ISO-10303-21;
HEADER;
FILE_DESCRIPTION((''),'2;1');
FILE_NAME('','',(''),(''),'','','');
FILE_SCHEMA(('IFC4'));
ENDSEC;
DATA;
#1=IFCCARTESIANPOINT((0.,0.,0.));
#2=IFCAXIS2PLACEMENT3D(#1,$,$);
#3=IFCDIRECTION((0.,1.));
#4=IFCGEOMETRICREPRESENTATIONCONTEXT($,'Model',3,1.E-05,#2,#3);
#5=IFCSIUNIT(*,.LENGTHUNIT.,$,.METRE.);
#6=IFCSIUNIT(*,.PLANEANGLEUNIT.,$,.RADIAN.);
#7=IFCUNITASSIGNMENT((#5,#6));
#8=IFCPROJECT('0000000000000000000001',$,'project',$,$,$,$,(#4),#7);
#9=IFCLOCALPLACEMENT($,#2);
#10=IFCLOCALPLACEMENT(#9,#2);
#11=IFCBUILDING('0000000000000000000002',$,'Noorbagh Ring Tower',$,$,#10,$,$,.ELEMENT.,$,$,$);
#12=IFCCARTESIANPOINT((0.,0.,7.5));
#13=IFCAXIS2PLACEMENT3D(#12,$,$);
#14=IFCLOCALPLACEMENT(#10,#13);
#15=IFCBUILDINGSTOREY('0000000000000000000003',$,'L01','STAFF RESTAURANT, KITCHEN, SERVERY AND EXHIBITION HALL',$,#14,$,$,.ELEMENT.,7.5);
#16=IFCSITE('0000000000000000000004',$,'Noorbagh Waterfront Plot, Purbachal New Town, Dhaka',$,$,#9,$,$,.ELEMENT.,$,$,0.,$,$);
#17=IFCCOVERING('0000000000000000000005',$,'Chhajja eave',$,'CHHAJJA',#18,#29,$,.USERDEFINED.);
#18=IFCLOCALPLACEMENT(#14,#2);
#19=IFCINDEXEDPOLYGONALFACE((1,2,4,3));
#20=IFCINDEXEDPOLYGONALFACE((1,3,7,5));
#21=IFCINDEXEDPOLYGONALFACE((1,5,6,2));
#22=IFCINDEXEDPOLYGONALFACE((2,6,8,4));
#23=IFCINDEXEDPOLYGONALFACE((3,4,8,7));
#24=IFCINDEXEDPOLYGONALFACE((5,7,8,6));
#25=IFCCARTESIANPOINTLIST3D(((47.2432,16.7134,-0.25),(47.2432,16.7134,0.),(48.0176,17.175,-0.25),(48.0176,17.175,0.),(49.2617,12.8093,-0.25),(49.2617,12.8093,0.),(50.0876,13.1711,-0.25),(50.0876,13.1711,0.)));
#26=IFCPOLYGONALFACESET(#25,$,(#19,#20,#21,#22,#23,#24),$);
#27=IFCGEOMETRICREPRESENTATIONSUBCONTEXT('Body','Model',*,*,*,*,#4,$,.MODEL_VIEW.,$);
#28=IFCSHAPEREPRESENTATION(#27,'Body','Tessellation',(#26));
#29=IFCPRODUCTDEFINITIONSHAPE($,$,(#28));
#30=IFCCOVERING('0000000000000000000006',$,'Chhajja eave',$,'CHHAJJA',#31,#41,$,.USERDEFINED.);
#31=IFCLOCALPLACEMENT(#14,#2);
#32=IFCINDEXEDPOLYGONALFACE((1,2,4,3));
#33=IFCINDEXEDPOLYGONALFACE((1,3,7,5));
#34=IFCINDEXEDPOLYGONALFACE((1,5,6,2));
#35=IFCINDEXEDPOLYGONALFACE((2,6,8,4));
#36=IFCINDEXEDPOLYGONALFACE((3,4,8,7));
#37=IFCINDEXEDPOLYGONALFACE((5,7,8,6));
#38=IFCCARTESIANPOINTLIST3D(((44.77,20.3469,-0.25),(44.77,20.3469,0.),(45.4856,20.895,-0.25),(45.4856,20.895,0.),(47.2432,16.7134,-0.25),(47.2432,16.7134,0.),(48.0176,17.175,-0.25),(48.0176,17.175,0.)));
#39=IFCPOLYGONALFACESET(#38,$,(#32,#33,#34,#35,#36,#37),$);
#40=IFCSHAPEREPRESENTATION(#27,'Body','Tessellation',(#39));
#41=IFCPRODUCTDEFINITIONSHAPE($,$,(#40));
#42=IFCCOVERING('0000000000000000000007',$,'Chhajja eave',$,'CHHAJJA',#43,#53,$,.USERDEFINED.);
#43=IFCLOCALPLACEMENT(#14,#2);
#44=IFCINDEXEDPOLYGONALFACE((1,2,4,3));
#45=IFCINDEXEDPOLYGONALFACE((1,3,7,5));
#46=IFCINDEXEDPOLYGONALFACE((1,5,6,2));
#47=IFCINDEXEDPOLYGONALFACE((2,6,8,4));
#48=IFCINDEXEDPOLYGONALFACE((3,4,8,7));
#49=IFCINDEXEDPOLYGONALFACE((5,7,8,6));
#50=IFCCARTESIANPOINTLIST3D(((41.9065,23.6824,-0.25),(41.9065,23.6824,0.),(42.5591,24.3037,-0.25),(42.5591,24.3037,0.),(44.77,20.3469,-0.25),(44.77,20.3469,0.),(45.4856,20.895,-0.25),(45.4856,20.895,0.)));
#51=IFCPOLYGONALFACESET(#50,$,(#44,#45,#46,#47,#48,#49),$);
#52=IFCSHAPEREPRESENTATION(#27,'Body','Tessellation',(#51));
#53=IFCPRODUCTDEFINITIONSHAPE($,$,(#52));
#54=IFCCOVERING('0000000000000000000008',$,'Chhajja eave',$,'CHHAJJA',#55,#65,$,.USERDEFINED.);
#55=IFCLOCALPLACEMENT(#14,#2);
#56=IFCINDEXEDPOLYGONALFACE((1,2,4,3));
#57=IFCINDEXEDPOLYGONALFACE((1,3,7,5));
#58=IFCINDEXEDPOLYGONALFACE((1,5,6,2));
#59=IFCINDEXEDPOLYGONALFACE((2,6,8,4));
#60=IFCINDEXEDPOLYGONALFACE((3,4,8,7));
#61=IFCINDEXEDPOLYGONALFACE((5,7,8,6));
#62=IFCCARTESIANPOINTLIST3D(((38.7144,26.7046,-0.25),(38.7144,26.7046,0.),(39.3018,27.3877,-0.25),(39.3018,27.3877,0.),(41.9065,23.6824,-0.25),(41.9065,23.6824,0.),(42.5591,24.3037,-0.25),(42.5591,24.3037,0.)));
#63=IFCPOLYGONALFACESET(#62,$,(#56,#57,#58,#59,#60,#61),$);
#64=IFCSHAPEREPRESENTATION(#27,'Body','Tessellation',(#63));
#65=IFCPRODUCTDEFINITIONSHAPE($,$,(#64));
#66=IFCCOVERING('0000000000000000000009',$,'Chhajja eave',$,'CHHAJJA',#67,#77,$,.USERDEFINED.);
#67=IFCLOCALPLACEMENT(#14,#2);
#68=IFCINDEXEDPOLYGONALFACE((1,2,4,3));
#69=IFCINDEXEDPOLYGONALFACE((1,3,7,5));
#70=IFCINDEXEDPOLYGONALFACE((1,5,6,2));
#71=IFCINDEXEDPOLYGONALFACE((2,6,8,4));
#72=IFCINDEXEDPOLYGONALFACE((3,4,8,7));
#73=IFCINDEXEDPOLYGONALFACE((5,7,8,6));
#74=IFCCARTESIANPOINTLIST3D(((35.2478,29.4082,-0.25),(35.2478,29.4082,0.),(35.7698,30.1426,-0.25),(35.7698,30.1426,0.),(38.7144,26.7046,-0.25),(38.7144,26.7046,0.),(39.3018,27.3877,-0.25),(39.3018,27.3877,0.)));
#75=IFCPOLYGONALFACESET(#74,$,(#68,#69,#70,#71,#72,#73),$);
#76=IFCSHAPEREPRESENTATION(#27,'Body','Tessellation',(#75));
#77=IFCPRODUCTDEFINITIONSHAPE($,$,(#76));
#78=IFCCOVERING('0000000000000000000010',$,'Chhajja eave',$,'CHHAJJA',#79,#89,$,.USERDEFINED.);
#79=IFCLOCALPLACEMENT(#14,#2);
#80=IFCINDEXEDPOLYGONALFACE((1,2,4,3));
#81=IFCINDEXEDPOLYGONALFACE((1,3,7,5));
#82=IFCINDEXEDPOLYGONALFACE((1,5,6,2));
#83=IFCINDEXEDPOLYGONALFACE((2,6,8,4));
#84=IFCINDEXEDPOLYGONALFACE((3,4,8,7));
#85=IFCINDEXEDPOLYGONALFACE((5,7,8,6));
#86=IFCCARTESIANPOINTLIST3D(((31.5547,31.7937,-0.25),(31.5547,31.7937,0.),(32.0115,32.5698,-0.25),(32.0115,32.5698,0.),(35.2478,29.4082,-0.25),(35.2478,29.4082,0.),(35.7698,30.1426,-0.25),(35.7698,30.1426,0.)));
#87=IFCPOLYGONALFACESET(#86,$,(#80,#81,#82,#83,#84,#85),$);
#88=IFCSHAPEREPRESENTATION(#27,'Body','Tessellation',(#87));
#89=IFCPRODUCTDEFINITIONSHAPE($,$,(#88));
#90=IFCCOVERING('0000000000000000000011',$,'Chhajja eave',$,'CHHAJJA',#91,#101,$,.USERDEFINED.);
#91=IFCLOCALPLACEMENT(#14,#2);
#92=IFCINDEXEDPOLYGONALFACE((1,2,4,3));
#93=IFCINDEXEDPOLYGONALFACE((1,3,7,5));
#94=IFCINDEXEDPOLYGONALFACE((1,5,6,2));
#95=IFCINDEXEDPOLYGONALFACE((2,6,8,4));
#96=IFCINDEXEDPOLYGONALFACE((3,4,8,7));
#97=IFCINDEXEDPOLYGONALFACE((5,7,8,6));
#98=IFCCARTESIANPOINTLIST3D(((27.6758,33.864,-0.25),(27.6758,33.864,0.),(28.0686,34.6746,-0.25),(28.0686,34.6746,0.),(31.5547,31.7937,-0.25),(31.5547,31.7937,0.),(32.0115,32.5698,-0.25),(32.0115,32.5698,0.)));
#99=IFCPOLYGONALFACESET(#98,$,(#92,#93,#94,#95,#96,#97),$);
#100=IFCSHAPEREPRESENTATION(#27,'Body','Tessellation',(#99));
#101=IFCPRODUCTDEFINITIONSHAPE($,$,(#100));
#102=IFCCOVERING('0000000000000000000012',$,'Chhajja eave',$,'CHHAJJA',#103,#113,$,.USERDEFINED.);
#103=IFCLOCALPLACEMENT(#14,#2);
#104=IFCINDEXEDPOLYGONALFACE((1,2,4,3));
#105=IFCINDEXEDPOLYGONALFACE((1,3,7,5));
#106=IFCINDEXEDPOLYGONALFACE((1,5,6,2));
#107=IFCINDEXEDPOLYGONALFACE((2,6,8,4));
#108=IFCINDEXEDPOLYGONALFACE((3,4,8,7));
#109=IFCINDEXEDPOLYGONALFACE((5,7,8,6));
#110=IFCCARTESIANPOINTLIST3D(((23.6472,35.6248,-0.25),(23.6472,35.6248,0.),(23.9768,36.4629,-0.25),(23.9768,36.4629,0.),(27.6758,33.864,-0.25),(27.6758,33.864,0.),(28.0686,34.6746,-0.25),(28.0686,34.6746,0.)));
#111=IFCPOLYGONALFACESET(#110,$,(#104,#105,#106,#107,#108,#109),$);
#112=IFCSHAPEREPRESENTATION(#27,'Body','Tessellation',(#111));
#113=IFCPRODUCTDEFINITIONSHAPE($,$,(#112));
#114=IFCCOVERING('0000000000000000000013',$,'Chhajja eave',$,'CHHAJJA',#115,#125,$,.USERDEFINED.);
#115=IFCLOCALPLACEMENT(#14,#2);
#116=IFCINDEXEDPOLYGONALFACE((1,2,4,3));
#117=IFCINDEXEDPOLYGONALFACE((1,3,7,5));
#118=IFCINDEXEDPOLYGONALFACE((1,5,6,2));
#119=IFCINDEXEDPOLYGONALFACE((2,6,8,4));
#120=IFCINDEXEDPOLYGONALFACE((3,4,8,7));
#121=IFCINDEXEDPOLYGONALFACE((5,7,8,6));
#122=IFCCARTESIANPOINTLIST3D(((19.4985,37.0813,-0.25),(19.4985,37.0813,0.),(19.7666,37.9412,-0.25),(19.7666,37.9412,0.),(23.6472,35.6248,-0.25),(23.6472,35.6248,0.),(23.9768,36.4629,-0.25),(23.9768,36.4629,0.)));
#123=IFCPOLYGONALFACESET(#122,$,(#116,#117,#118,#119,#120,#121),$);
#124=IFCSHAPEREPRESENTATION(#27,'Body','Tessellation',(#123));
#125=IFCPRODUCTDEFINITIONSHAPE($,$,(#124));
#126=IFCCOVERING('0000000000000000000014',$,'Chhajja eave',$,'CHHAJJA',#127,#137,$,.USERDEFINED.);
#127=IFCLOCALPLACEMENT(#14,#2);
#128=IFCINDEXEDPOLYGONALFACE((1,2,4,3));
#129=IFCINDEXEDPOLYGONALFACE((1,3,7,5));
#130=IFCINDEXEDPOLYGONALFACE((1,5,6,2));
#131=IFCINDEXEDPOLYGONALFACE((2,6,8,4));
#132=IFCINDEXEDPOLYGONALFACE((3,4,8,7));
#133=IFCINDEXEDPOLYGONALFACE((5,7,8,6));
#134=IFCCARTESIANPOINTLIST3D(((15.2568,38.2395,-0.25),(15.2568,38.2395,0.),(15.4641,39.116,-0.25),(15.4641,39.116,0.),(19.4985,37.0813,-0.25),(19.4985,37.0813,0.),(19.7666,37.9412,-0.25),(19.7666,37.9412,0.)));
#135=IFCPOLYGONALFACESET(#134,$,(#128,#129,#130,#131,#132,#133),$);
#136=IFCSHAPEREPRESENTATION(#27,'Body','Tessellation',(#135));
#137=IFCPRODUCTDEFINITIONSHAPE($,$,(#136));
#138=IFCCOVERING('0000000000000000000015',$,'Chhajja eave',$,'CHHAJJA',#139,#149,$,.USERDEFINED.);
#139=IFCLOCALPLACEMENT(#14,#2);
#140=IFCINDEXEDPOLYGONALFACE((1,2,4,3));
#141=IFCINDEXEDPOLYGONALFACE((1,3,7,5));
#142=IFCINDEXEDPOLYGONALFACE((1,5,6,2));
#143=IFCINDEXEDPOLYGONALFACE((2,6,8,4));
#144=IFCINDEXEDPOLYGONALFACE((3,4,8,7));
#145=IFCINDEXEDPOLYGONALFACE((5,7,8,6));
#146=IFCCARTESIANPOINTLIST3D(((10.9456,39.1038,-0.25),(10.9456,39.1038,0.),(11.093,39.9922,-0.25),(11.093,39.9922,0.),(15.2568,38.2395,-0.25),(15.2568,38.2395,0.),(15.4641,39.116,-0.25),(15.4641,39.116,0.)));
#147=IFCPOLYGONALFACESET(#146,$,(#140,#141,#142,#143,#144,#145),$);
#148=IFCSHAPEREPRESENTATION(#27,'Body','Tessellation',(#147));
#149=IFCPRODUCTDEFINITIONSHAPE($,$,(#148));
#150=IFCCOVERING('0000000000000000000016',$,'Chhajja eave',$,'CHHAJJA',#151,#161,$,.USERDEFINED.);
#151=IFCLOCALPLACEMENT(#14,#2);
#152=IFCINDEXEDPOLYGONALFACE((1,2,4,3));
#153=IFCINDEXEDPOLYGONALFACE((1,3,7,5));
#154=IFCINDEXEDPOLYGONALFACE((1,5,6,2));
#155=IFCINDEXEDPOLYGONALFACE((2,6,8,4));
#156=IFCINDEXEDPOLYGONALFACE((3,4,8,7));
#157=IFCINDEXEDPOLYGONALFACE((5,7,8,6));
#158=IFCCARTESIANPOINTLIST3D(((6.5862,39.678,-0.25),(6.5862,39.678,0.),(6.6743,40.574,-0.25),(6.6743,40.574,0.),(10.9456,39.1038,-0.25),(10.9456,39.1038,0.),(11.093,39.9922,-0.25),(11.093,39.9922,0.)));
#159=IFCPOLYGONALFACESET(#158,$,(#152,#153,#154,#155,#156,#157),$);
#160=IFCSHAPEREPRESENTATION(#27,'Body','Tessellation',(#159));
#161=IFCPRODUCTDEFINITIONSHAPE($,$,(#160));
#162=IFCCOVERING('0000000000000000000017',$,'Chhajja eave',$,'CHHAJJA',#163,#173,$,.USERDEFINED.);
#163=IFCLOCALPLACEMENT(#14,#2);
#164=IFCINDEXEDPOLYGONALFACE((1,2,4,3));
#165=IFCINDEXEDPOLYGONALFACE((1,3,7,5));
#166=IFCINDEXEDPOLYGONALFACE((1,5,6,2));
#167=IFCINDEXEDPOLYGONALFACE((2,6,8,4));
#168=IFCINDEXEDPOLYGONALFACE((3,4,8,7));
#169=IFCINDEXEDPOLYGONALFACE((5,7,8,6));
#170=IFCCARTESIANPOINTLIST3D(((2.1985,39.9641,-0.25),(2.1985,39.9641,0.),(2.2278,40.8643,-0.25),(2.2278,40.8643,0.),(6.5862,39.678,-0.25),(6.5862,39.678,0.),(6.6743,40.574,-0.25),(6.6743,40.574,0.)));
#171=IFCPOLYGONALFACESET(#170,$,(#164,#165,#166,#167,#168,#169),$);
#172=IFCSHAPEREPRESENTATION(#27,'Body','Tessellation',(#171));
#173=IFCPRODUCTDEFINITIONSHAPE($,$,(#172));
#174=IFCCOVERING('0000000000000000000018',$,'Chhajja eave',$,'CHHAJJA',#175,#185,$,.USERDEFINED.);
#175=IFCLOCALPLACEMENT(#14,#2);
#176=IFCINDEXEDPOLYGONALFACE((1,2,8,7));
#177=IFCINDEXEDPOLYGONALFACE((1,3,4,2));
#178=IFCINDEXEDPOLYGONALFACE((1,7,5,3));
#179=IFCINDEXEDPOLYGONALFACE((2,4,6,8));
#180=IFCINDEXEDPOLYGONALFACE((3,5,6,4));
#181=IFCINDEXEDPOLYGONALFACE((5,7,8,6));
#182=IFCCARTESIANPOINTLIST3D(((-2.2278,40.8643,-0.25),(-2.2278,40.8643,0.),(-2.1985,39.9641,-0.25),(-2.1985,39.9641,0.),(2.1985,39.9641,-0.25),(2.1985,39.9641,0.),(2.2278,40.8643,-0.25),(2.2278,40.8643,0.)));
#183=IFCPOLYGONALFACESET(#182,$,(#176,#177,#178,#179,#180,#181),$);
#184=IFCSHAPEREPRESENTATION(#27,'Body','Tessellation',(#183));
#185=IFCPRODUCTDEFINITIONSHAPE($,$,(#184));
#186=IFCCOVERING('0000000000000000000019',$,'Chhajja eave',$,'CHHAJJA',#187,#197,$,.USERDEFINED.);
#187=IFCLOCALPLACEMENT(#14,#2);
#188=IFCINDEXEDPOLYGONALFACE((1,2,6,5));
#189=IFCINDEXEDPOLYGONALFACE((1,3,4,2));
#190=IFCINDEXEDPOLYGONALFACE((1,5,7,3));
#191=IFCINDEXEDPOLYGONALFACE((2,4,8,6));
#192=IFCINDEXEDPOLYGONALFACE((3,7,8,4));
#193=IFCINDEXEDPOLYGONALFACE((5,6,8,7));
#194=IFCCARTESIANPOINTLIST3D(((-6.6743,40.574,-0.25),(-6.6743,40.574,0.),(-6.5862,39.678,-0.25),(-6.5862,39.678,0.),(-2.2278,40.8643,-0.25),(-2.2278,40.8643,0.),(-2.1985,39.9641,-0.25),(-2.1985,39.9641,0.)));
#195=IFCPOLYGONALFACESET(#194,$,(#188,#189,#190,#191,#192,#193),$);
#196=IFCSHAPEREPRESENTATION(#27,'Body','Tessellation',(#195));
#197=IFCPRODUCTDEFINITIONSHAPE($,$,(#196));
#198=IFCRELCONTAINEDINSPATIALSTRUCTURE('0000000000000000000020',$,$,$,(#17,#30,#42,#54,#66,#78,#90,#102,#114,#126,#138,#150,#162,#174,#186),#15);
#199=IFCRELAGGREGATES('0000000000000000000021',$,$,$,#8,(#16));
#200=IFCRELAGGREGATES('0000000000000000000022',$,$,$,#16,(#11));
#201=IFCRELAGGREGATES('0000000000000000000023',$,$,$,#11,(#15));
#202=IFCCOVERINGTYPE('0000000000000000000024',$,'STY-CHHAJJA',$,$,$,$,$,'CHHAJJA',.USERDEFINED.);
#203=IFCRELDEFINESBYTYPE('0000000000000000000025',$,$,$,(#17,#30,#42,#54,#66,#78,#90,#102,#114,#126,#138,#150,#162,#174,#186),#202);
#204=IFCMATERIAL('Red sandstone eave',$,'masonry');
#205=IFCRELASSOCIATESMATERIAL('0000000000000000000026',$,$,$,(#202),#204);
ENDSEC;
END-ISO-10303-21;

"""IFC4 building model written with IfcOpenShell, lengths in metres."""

from ifc_helpers import new_model, si_unit, direction, frame, origin, place, context, subcontext, project, spatial, polyline, outline, extrude, material, type_object, element, save


model = new_model("IFC4")

# Units and contexts
model_context = context("Model", 3, precision=1e-05, world=origin(), true_north=direction((0.0, 1.0)))
body_context = subcontext(model_context, "Body", "Model", "MODEL_VIEW")
ifc_project = project(units=[si_unit("LENGTHUNIT", "METRE"), si_unit("PLANEANGLEUNIT", "RADIAN")], contexts=[model_context])

# Site, building, storey
site_placement = place(None, origin())
site = spatial("IfcSite", under=ifc_project, at=site_placement, Name="Noorbagh Waterfront Plot, Purbachal New Town, Dhaka", CompositionType="ELEMENT", RefElevation=0.0)
building_placement = place(site_placement, origin())
building = spatial("IfcBuilding", under=site, at=building_placement, Name="Noorbagh Ring Tower", CompositionType="ELEMENT")
storey_placement = place(building_placement, frame((0.0, 0.0, 7.5)))
storey = spatial("IfcBuildingStorey", under=building, at=storey_placement, Name="L01", Description="STAFF RESTAURANT, KITCHEN, SERVERY AND EXHIBITION HALL", CompositionType="ELEMENT", Elevation=7.5)

# Coverings
ifc_material = material(Name="Red sandstone eave", Category="masonry")
covering_type = type_object("IfcCoveringType", Name="STY-CHHAJJA", ElementType="CHHAJJA", PredefinedType="USERDEFINED", material=ifc_material)
covering_1_placement = place(storey_placement, frame((0.0, 0.0, -0.25)))
element("IfcCovering", 1, at=covering_1_placement, inside=storey, type_object=covering_type, Name="Chhajja eave", ObjectType="CHHAJJA", PredefinedType="USERDEFINED", context=body_context, shape_type="SweptSolid", body=[
    extrude(outline(polyline([(49.2617, 12.8093), (47.2432, 16.7134), (48.0176, 17.175), (50.0876, 13.1711), (49.2617, 12.8093)])), origin(), (0.0, 0.0, 1.0), 0.25),
])
covering_2_placement = place(storey_placement, frame((0.0, 0.0, -0.25)))
element("IfcCovering", 2, at=covering_2_placement, inside=storey, type_object=covering_type, Name="Chhajja eave", ObjectType="CHHAJJA", PredefinedType="USERDEFINED", context=body_context, shape_type="SweptSolid", body=[
    extrude(outline(polyline([(47.2432, 16.7134), (44.77, 20.3469), (45.4856, 20.895), (48.0176, 17.175), (47.2432, 16.7134)])), origin(), (0.0, 0.0, 1.0), 0.25),
])
covering_3_placement = place(storey_placement, frame((0.0, 0.0, -0.25)))
element("IfcCovering", 3, at=covering_3_placement, inside=storey, type_object=covering_type, Name="Chhajja eave", ObjectType="CHHAJJA", PredefinedType="USERDEFINED", context=body_context, shape_type="SweptSolid", body=[
    extrude(outline(polyline([(44.77, 20.3469), (41.9065, 23.6824), (42.5591, 24.3037), (45.4856, 20.895), (44.77, 20.3469)])), origin(), (0.0, 0.0, 1.0), 0.25),
])
covering_4_placement = place(storey_placement, frame((0.0, 0.0, -0.25)))
element("IfcCovering", 4, at=covering_4_placement, inside=storey, type_object=covering_type, Name="Chhajja eave", ObjectType="CHHAJJA", PredefinedType="USERDEFINED", context=body_context, shape_type="SweptSolid", body=[
    extrude(outline(polyline([(41.9065, 23.6824), (38.7144, 26.7046), (39.3018, 27.3877), (42.5591, 24.3037), (41.9065, 23.6824)])), origin(), (0.0, 0.0, 1.0), 0.25),
])
covering_5_placement = place(storey_placement, frame((0.0, 0.0, -0.25)))
element("IfcCovering", 5, at=covering_5_placement, inside=storey, type_object=covering_type, Name="Chhajja eave", ObjectType="CHHAJJA", PredefinedType="USERDEFINED", context=body_context, shape_type="SweptSolid", body=[
    extrude(outline(polyline([(38.7144, 26.7046), (35.2478, 29.4082), (35.7698, 30.1426), (39.3018, 27.3877), (38.7144, 26.7046)])), origin(), (0.0, 0.0, 1.0), 0.25),
])
covering_6_placement = place(storey_placement, frame((0.0, 0.0, -0.25)))
element("IfcCovering", 6, at=covering_6_placement, inside=storey, type_object=covering_type, Name="Chhajja eave", ObjectType="CHHAJJA", PredefinedType="USERDEFINED", context=body_context, shape_type="SweptSolid", body=[
    extrude(outline(polyline([(35.2478, 29.4082), (31.5547, 31.7937), (32.0115, 32.5698), (35.7698, 30.1426), (35.2478, 29.4082)])), origin(), (0.0, 0.0, 1.0), 0.25),
])
covering_7_placement = place(storey_placement, frame((0.0, 0.0, -0.25)))
element("IfcCovering", 7, at=covering_7_placement, inside=storey, type_object=covering_type, Name="Chhajja eave", ObjectType="CHHAJJA", PredefinedType="USERDEFINED", context=body_context, shape_type="SweptSolid", body=[
    extrude(outline(polyline([(31.5547, 31.7937), (27.6758, 33.864), (28.0686, 34.6746), (32.0115, 32.5698), (31.5547, 31.7937)])), origin(), (0.0, 0.0, 1.0), 0.25),
])
covering_8_placement = place(storey_placement, frame((0.0, 0.0, -0.25)))
element("IfcCovering", 8, at=covering_8_placement, inside=storey, type_object=covering_type, Name="Chhajja eave", ObjectType="CHHAJJA", PredefinedType="USERDEFINED", context=body_context, shape_type="SweptSolid", body=[
    extrude(outline(polyline([(27.6758, 33.864), (23.6472, 35.6248), (23.9768, 36.4629), (28.0686, 34.6746), (27.6758, 33.864)])), origin(), (0.0, 0.0, 1.0), 0.25),
])
covering_9_placement = place(storey_placement, frame((0.0, 0.0, -0.25)))
element("IfcCovering", 9, at=covering_9_placement, inside=storey, type_object=covering_type, Name="Chhajja eave", ObjectType="CHHAJJA", PredefinedType="USERDEFINED", context=body_context, shape_type="SweptSolid", body=[
    extrude(outline(polyline([(23.6472, 35.6248), (19.4985, 37.0813), (19.7666, 37.9412), (23.9768, 36.4629), (23.6472, 35.6248)])), origin(), (0.0, 0.0, 1.0), 0.25),
])
covering_10_placement = place(storey_placement, frame((0.0, 0.0, -0.25)))
element("IfcCovering", 10, at=covering_10_placement, inside=storey, type_object=covering_type, Name="Chhajja eave", ObjectType="CHHAJJA", PredefinedType="USERDEFINED", context=body_context, shape_type="SweptSolid", body=[
    extrude(outline(polyline([(19.4985, 37.0813), (15.2568, 38.2395), (15.4641, 39.116), (19.7666, 37.9412), (19.4985, 37.0813)])), origin(), (0.0, 0.0, 1.0), 0.25),
])
covering_11_placement = place(storey_placement, frame((0.0, 0.0, -0.25)))
element("IfcCovering", 11, at=covering_11_placement, inside=storey, type_object=covering_type, Name="Chhajja eave", ObjectType="CHHAJJA", PredefinedType="USERDEFINED", context=body_context, shape_type="SweptSolid", body=[
    extrude(outline(polyline([(15.2568, 38.2395), (10.9456, 39.1038), (11.093, 39.9922), (15.4641, 39.116), (15.2568, 38.2395)])), origin(), (0.0, 0.0, 1.0), 0.25),
])
covering_12_placement = place(storey_placement, frame((0.0, 0.0, -0.25)))
element("IfcCovering", 12, at=covering_12_placement, inside=storey, type_object=covering_type, Name="Chhajja eave", ObjectType="CHHAJJA", PredefinedType="USERDEFINED", context=body_context, shape_type="SweptSolid", body=[
    extrude(outline(polyline([(10.9456, 39.1038), (6.5862, 39.678), (6.6743, 40.574), (11.093, 39.9922), (10.9456, 39.1038)])), origin(), (0.0, 0.0, 1.0), 0.25),
])
covering_13_placement = place(storey_placement, frame((0.0, 0.0, -0.25)))
element("IfcCovering", 13, at=covering_13_placement, inside=storey, type_object=covering_type, Name="Chhajja eave", ObjectType="CHHAJJA", PredefinedType="USERDEFINED", context=body_context, shape_type="SweptSolid", body=[
    extrude(outline(polyline([(6.5862, 39.678), (2.1985, 39.9641), (2.2278, 40.8643), (6.6743, 40.574), (6.5862, 39.678)])), origin(), (0.0, 0.0, 1.0), 0.25),
])
covering_14_placement = place(storey_placement, frame((0.0, 0.0, -0.25)))
element("IfcCovering", 14, at=covering_14_placement, inside=storey, type_object=covering_type, Name="Chhajja eave", ObjectType="CHHAJJA", PredefinedType="USERDEFINED", context=body_context, shape_type="SweptSolid", body=[
    extrude(outline(polyline([(2.1985, 39.9641), (-2.1985, 39.9641), (-2.2278, 40.8643), (2.2278, 40.8643), (2.1985, 39.9641)])), origin(), (0.0, 0.0, 1.0), 0.25),
])
covering_15_placement = place(storey_placement, frame((0.0, 0.0, -0.25)))
element("IfcCovering", 15, at=covering_15_placement, inside=storey, type_object=covering_type, Name="Chhajja eave", ObjectType="CHHAJJA", PredefinedType="USERDEFINED", context=body_context, shape_type="SweptSolid", body=[
    extrude(outline(polyline([(-2.1985, 39.9641), (-6.5862, 39.678), (-6.6743, 40.574), (-2.2278, 40.8643), (-2.1985, 39.9641)])), origin(), (0.0, 0.0, 1.0), 0.25),
])

save(model, "model.ifc")
